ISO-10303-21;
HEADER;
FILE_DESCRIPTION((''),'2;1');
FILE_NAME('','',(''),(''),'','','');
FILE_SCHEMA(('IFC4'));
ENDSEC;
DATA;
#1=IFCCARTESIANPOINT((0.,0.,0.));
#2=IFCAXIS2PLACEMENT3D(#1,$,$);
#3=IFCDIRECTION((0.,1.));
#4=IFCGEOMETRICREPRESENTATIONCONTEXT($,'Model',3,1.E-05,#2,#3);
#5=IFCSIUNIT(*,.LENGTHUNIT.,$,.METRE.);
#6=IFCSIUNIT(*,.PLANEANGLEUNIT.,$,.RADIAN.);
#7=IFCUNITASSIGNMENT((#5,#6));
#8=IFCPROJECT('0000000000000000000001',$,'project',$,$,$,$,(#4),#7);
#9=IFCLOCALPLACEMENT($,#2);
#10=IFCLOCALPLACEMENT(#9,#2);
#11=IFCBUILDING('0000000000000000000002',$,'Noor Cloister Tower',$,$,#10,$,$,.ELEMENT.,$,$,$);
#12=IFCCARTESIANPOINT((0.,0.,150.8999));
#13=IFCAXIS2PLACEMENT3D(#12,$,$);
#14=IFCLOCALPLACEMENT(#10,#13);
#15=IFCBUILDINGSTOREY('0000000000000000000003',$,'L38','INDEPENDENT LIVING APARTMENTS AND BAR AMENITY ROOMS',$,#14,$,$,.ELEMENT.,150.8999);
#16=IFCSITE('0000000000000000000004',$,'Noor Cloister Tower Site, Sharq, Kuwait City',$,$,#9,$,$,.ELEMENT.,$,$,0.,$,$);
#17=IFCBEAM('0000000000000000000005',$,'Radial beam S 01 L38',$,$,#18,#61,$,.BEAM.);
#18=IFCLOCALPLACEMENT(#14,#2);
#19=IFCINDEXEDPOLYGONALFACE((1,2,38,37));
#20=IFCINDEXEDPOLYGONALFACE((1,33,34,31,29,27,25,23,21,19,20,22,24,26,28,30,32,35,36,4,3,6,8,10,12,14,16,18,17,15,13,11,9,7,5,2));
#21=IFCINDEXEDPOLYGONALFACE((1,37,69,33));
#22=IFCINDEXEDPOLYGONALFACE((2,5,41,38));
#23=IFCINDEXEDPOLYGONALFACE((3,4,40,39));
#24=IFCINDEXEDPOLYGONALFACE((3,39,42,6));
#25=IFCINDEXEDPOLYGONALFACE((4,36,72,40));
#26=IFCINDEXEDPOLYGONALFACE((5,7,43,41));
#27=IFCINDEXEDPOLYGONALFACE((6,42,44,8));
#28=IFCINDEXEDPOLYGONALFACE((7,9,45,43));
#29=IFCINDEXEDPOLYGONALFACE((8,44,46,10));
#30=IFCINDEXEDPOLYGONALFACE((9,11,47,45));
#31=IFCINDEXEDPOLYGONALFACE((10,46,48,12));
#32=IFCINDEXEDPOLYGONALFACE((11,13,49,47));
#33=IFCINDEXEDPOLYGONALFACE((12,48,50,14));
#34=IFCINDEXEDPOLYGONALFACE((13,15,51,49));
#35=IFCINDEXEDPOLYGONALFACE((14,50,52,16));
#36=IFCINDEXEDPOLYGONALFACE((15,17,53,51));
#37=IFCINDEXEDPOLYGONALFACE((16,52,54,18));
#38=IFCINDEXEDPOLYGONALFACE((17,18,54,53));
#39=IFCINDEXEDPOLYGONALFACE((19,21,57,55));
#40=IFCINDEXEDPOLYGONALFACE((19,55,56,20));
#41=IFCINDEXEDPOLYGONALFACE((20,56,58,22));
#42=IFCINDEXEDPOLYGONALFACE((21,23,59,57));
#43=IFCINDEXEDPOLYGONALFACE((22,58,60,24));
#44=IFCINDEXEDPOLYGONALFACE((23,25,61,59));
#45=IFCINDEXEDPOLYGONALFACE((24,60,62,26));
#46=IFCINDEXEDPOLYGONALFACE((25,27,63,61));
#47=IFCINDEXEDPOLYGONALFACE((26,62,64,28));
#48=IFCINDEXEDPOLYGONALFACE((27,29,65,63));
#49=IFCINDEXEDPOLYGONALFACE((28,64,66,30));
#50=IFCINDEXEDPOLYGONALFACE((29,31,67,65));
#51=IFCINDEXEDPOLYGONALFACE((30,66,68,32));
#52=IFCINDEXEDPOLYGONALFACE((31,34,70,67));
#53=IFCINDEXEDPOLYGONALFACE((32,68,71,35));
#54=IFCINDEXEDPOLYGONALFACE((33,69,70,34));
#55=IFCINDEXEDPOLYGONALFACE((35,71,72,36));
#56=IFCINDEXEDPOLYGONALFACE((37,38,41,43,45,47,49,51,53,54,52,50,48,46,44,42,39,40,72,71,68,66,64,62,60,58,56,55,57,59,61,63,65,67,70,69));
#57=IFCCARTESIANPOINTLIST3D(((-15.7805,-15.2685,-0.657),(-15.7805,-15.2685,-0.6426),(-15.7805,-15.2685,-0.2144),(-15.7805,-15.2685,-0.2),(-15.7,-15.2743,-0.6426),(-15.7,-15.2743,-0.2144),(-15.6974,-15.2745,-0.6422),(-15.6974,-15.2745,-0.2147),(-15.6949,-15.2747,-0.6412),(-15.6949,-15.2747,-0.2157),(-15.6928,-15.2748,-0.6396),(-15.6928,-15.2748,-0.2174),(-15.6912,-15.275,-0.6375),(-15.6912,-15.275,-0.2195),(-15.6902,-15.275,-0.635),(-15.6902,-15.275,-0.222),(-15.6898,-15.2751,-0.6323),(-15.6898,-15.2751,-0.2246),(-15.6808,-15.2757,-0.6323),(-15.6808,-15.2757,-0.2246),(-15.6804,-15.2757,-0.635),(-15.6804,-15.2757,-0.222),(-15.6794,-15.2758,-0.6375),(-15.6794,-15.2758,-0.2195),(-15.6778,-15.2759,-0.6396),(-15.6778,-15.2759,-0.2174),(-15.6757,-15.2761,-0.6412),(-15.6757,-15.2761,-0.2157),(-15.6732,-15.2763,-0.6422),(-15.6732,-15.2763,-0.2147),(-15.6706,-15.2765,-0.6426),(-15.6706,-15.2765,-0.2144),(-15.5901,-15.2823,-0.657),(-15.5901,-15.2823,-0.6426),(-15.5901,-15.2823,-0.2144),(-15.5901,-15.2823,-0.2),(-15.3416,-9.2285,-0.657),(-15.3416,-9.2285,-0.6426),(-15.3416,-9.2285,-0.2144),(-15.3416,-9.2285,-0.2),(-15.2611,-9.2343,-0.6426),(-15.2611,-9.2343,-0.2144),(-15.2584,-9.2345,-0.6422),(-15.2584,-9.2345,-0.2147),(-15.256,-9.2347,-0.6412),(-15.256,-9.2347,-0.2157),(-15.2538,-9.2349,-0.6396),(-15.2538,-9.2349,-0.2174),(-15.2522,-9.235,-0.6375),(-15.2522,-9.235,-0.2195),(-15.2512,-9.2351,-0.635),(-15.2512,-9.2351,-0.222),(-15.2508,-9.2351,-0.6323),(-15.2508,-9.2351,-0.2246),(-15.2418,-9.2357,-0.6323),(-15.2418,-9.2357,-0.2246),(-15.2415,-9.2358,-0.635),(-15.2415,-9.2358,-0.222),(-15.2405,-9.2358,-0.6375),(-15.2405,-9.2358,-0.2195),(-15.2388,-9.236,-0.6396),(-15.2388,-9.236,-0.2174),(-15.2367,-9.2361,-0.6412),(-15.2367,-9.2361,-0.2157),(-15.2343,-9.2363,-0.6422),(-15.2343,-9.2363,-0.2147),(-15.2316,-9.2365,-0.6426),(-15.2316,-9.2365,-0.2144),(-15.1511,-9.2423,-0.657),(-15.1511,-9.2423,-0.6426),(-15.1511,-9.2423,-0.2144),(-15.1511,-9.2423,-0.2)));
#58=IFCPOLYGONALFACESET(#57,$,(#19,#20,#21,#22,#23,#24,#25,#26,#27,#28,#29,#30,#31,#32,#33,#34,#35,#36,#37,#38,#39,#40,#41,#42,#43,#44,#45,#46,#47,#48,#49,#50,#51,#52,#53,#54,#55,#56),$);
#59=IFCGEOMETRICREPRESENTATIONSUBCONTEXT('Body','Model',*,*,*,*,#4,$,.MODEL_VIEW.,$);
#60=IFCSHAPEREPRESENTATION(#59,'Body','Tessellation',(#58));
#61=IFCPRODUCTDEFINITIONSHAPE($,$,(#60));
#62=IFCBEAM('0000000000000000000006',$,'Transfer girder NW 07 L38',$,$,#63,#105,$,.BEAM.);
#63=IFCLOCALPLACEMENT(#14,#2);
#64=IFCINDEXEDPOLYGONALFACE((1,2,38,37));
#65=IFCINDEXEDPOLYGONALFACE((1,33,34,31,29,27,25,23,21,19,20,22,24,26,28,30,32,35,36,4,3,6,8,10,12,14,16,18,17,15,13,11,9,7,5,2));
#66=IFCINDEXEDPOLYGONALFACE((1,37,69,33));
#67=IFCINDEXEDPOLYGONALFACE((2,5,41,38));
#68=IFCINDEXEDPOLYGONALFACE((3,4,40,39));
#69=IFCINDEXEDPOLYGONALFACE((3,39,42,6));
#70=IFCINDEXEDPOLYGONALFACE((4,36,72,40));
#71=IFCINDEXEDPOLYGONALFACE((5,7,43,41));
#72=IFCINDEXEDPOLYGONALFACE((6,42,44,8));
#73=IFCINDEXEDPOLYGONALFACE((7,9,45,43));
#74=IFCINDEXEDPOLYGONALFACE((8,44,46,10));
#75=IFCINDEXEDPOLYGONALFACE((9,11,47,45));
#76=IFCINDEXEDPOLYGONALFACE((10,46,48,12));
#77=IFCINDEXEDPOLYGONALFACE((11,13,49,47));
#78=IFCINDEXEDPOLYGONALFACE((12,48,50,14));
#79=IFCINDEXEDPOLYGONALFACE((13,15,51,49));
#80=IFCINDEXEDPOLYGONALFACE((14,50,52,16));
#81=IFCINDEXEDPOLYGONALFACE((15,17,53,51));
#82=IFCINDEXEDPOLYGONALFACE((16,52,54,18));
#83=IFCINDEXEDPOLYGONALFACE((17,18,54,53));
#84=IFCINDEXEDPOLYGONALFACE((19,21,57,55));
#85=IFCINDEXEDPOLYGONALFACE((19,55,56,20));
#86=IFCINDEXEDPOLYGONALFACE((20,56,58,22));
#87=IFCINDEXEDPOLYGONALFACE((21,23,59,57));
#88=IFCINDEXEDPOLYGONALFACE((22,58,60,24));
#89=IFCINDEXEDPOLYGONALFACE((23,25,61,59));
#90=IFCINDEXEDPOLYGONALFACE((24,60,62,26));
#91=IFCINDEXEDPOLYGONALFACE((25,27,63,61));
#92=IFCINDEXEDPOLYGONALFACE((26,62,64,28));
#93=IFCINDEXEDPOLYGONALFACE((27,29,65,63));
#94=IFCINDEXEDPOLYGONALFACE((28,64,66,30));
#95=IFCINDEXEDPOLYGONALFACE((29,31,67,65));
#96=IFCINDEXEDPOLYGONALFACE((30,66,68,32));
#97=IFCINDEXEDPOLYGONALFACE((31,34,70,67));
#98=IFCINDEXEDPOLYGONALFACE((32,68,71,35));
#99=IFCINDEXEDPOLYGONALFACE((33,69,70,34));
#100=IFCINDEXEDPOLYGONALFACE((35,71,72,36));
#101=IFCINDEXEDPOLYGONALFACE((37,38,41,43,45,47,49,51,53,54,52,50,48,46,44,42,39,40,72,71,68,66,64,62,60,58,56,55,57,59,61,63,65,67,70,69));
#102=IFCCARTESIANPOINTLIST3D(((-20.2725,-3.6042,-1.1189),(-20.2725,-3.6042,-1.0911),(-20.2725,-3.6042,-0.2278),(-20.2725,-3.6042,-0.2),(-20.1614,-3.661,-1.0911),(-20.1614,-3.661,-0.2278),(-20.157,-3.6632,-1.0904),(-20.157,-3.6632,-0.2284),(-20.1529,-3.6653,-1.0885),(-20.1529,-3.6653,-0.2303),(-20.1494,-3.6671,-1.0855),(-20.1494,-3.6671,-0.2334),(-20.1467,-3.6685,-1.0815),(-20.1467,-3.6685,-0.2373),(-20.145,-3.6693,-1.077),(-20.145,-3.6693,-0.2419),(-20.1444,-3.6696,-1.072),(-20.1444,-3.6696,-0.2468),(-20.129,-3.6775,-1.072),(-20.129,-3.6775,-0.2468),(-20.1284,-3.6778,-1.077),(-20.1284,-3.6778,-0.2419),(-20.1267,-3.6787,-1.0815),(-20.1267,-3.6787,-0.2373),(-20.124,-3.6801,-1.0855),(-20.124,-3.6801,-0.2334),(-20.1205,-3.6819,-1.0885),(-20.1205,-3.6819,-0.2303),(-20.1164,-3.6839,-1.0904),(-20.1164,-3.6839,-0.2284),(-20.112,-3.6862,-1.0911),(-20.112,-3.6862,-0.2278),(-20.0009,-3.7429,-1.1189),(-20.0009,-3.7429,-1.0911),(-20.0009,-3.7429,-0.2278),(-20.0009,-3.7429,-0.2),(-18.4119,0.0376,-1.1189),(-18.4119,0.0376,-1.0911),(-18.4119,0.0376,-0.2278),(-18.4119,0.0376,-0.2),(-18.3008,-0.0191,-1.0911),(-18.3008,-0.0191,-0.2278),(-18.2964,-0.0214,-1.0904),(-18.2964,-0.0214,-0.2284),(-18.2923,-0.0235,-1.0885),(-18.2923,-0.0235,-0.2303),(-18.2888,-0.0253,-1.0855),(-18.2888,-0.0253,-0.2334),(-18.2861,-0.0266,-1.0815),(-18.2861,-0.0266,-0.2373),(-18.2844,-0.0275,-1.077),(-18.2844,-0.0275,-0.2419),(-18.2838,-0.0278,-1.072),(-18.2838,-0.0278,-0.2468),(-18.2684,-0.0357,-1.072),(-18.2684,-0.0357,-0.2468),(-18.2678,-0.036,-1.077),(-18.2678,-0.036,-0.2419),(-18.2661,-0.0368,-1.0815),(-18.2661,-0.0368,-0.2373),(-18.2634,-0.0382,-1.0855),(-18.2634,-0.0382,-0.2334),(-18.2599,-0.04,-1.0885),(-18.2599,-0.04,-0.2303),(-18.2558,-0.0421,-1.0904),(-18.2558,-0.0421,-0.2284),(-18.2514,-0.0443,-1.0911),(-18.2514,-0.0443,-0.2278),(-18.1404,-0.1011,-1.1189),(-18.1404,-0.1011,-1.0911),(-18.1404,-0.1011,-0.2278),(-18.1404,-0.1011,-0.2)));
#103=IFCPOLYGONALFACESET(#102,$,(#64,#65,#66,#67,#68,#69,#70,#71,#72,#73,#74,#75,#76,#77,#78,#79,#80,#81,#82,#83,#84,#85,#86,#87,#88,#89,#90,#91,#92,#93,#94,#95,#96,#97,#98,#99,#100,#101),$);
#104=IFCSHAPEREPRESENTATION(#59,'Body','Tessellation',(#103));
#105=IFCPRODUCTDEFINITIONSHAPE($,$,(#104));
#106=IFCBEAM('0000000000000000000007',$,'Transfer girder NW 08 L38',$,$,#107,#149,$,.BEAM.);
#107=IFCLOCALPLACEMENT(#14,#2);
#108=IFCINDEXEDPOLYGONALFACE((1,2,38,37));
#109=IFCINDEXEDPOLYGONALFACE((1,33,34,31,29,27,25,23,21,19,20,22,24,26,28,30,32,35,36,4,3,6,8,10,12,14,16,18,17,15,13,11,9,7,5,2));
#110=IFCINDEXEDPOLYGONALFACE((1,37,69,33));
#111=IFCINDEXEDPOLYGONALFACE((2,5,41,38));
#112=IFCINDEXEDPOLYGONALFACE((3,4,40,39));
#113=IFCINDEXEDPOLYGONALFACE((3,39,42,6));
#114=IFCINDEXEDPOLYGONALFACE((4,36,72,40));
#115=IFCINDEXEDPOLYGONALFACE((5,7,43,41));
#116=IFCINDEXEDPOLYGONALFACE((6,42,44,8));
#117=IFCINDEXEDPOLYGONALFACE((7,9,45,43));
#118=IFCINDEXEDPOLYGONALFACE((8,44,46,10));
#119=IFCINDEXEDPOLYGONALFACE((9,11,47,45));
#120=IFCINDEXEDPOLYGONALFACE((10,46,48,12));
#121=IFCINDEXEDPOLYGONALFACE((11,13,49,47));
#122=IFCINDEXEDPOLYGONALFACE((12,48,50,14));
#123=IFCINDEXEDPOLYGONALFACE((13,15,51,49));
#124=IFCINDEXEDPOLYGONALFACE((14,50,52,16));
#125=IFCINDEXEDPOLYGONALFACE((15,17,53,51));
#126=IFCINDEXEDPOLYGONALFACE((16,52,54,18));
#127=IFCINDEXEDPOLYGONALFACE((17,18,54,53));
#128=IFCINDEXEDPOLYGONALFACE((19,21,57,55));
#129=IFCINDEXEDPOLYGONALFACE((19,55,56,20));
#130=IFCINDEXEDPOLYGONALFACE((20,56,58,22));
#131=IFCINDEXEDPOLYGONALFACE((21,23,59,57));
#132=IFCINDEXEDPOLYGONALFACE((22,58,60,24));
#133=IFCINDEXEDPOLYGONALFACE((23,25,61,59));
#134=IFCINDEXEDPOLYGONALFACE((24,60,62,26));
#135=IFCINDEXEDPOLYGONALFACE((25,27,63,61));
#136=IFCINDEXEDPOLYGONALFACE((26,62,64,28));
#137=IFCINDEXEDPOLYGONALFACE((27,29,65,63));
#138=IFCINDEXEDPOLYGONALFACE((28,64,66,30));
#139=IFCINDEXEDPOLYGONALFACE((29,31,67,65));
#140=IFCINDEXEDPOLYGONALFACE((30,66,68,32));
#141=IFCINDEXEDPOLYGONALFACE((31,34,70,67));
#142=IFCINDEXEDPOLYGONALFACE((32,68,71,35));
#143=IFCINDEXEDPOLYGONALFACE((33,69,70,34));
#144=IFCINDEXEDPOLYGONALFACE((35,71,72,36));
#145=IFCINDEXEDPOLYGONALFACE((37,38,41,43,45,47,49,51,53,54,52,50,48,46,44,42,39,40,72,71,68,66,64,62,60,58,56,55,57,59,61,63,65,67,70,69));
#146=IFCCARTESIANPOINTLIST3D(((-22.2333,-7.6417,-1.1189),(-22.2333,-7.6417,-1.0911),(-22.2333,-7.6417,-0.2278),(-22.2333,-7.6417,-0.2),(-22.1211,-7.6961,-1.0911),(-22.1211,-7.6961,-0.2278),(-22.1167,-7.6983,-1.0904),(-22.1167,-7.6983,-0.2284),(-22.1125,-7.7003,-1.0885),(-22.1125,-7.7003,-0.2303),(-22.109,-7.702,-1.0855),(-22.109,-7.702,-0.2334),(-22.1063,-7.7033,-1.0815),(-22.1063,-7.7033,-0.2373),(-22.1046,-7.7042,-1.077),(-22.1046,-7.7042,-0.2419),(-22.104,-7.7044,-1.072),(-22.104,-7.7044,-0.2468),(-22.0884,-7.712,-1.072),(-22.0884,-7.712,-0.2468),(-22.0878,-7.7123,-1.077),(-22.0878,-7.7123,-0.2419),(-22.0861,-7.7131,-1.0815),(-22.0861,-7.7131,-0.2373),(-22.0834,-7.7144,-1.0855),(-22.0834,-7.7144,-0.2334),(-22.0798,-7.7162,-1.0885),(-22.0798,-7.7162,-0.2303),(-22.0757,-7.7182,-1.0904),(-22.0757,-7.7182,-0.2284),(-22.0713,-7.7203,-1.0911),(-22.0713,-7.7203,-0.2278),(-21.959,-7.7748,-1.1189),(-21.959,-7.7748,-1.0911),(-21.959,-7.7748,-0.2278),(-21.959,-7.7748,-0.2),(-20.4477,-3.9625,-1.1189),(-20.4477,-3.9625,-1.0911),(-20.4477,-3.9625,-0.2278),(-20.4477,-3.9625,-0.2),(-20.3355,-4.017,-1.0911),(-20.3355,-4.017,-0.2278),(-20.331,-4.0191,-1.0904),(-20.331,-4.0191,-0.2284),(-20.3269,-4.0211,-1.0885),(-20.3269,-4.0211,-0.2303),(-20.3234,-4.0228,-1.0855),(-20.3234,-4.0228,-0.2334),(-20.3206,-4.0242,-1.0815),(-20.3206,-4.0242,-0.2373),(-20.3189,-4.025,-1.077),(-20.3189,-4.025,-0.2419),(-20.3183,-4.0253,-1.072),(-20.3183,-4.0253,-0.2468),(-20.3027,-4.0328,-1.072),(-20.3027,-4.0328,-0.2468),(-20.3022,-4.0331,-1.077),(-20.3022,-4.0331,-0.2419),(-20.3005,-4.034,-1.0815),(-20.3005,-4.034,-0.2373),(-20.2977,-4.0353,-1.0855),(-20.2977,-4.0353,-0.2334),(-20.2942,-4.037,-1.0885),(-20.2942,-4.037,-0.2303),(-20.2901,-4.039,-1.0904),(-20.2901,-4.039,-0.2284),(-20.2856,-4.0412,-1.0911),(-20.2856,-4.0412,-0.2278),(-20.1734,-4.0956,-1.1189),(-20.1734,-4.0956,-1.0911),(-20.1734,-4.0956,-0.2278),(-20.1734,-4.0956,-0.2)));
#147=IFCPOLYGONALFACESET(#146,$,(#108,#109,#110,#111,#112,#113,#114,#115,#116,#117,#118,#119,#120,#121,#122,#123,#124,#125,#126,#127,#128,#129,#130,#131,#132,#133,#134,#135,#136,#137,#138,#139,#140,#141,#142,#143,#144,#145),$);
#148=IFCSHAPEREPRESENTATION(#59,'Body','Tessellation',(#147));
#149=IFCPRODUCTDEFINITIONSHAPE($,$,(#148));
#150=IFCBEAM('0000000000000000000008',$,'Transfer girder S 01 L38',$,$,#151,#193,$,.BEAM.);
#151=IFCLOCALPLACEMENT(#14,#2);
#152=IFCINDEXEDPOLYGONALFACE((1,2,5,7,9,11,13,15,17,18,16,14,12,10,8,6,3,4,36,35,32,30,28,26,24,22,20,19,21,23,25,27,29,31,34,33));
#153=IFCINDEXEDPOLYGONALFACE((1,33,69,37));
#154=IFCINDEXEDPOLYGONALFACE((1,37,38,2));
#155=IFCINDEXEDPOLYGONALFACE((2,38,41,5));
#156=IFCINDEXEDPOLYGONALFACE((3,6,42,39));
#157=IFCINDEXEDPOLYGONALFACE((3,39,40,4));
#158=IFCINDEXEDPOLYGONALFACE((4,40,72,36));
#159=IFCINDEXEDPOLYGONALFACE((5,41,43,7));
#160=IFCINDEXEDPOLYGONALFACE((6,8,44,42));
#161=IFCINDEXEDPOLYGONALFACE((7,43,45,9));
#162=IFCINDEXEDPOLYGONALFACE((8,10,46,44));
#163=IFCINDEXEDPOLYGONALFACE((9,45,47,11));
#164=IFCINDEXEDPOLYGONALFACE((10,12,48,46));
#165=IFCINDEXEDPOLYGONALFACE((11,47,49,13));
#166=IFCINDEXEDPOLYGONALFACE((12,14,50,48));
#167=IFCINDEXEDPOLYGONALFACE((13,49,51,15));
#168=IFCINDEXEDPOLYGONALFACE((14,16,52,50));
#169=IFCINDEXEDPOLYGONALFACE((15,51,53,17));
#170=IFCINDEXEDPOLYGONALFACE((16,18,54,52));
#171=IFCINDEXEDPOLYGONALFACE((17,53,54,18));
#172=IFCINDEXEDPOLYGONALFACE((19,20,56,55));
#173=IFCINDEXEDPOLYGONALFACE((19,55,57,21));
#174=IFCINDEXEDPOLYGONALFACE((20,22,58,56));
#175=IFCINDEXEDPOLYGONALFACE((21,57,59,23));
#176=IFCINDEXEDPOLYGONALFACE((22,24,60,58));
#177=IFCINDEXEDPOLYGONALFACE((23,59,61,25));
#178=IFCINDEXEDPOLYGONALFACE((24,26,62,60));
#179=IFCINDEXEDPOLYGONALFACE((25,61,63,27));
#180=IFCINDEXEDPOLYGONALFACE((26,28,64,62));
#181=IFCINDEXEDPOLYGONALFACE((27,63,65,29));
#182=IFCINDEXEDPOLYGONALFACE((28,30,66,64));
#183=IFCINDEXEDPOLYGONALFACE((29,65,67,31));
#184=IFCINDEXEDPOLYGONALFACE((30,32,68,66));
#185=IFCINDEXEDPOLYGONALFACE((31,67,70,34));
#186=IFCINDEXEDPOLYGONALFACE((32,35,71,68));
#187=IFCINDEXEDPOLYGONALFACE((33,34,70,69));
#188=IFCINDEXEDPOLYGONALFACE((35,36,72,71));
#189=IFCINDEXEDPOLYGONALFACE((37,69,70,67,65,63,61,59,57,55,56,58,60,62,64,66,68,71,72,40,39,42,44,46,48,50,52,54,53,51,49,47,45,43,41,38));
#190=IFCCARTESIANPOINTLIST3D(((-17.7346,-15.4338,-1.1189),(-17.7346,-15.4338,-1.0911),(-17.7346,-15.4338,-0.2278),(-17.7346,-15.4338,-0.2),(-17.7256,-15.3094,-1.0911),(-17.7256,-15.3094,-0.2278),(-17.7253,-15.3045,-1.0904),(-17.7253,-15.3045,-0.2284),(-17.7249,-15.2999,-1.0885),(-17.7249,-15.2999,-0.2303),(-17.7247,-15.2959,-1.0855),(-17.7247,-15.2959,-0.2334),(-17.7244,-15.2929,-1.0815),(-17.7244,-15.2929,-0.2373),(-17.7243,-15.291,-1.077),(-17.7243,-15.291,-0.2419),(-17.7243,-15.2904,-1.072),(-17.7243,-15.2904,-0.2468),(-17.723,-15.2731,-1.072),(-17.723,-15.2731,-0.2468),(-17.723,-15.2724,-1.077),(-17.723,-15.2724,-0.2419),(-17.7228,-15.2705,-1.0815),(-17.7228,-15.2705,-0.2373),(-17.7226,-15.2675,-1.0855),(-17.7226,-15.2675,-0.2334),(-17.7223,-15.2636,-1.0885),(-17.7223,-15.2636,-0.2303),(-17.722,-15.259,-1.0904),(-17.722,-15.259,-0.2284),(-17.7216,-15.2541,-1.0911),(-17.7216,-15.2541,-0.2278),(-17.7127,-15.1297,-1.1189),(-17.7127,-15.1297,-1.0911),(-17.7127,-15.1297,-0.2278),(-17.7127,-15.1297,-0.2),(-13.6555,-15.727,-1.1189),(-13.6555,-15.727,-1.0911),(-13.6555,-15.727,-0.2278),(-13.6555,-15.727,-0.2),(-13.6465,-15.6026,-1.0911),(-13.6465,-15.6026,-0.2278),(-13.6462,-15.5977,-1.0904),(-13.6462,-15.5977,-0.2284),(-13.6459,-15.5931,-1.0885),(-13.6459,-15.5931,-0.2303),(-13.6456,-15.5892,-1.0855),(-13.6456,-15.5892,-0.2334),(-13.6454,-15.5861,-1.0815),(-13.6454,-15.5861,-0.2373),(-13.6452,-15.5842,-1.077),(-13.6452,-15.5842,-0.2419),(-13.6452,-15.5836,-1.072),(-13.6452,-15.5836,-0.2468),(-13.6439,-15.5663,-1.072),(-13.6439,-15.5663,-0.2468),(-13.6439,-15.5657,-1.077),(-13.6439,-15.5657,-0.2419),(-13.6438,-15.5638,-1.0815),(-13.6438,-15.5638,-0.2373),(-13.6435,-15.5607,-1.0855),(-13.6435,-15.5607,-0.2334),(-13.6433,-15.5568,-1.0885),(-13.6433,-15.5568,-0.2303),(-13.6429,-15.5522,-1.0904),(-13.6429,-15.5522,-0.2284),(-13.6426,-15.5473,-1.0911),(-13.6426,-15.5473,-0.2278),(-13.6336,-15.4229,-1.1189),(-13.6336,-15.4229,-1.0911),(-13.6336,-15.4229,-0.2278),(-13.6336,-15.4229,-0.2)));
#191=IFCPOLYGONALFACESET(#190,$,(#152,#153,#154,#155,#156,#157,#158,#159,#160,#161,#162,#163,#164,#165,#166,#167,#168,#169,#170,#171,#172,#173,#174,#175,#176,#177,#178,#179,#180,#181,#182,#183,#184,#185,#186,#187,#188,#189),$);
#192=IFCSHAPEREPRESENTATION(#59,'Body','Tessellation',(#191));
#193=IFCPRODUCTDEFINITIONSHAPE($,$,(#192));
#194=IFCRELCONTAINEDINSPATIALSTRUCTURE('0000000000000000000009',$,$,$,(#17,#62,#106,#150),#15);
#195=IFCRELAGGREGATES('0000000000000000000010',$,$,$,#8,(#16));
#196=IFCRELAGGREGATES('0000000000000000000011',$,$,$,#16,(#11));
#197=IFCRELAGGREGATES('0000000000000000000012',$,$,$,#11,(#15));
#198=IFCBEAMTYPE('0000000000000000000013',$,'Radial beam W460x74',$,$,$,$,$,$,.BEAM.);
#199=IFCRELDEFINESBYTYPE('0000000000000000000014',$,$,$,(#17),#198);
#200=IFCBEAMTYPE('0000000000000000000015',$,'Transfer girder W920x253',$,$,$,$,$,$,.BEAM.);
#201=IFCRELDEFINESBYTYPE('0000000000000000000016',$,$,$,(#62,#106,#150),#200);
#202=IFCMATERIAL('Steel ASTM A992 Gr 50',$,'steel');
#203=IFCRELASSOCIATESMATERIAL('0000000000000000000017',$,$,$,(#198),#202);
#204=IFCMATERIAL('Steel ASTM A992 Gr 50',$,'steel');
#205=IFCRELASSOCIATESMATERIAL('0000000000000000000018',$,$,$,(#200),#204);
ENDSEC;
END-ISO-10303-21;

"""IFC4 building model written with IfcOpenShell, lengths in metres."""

from ifc_helpers import new_model, si_unit, direction, frame, origin, origin_2d, place, context, subcontext, project, spatial, i_section, extrude, material, material_profile, profile_set, type_object, element, save


model = new_model("IFC4")

# Units and contexts
model_context = context("Model", 3, precision=1e-05, world=origin(), true_north=direction((0.0, 1.0)))
body_context = subcontext(model_context, "Body", "Model", "MODEL_VIEW")
ifc_project = project(units=[si_unit("LENGTHUNIT", "METRE"), si_unit("PLANEANGLEUNIT", "RADIAN")], contexts=[model_context])

# Site, building, storey
site_placement = place(None, origin())
site = spatial("IfcSite", under=ifc_project, at=site_placement, Name="Noor Cloister Tower Site, Sharq, Kuwait City", CompositionType="ELEMENT", RefElevation=0.0)
building_placement = place(site_placement, origin())
building = spatial("IfcBuilding", under=site, at=building_placement, Name="Noor Cloister Tower", CompositionType="ELEMENT")
storey_placement = place(building_placement, frame((0.0, 0.0, 150.8999)))
storey = spatial("IfcBuildingStorey", under=building, at=storey_placement, Name="L38", Description="INDEPENDENT LIVING APARTMENTS AND BAR AMENITY ROOMS", CompositionType="ELEMENT", Elevation=150.8999)

# Beams
ifc_material_1 = material(Name="Steel ASTM A992 Gr 50", Category="steel")
ifc_material_profile_1 = material_profile(ifc_material_1, i_section(OverallWidth=0.1909, OverallDepth=0.457, WebThickness=0.009, FlangeThickness=0.0144, FilletRadius=0.0103, at=origin_2d()), Name="W460x74")
ifc_profile_set_1 = profile_set([ifc_material_profile_1], Name="Steel ASTM A992 Gr 50")
beam_type_1 = type_object("IfcBeamType", Name="Radial beam W460x74", PredefinedType="BEAM", material=ifc_profile_set_1)
beam_1_placement = place(storey_placement, frame((-15.6853, -15.2754, -0.4285), z_axis=(0.072485, 0.99737, 0.0), x_axis=(-0.99737, 0.072485, 0.0)))
element("IfcBeam", 1, at=beam_1_placement, inside=storey, type_object=beam_type_1, Name="Radial beam S 01 L38", PredefinedType="BEAM", context=body_context, shape_type="SweptSolid", body=[
    extrude(i_section(OverallWidth=0.1909, OverallDepth=0.457, WebThickness=0.009, FlangeThickness=0.0144, FilletRadius=0.0103, at=origin_2d()), origin(), (0.0, 0.0, 1.0), 6.0559),
])
ifc_material_2 = material(Name="Steel ASTM A992 Gr 50", Category="steel")
ifc_material_profile_2 = material_profile(ifc_material_2, i_section(OverallWidth=0.3049, OverallDepth=0.9189, WebThickness=0.0173, FlangeThickness=0.0278, FilletRadius=0.019, at=origin_2d()), Name="W920x253")
ifc_profile_set_2 = profile_set([ifc_material_profile_2], Name="Steel ASTM A992 Gr 50")
beam_type_2 = type_object("IfcBeamType", Name="Transfer girder W920x253", PredefinedType="BEAM", material=ifc_profile_set_2)
for number, where, z_axis, x_axis, name in (
    (2, (-18.2761, -0.0317, -0.6594), (-0.454957, -0.890513, 0.0), (0.890513, -0.454957, 0.0), "Transfer girder NW 07 L38"),
    (3, (-20.3105, -4.0291, -0.6594), (-0.436628, -0.899642, 0.0), (0.899642, -0.436628, 0.0), "Transfer girder NW 08 L38"),
    (4, (-17.7236, -15.2817, -0.6594), (0.997426, -0.071697, 0.0), (0.071697, 0.997426, 0.0), "Transfer girder S 01 L38"),
):
    element("IfcBeam", number, at=place(storey_placement, frame(where, z_axis=z_axis, x_axis=x_axis)), inside=storey, type_object=beam_type_2, Name=name, PredefinedType="BEAM", context=body_context, shape_type="SweptSolid", body=[
        extrude(i_section(OverallWidth=0.3049, OverallDepth=0.9189, WebThickness=0.0173, FlangeThickness=0.0278, FilletRadius=0.019, at=origin_2d()), origin(), (0.0, 0.0, 1.0), 4.0896),
    ])

save(model, "model.ifc")
